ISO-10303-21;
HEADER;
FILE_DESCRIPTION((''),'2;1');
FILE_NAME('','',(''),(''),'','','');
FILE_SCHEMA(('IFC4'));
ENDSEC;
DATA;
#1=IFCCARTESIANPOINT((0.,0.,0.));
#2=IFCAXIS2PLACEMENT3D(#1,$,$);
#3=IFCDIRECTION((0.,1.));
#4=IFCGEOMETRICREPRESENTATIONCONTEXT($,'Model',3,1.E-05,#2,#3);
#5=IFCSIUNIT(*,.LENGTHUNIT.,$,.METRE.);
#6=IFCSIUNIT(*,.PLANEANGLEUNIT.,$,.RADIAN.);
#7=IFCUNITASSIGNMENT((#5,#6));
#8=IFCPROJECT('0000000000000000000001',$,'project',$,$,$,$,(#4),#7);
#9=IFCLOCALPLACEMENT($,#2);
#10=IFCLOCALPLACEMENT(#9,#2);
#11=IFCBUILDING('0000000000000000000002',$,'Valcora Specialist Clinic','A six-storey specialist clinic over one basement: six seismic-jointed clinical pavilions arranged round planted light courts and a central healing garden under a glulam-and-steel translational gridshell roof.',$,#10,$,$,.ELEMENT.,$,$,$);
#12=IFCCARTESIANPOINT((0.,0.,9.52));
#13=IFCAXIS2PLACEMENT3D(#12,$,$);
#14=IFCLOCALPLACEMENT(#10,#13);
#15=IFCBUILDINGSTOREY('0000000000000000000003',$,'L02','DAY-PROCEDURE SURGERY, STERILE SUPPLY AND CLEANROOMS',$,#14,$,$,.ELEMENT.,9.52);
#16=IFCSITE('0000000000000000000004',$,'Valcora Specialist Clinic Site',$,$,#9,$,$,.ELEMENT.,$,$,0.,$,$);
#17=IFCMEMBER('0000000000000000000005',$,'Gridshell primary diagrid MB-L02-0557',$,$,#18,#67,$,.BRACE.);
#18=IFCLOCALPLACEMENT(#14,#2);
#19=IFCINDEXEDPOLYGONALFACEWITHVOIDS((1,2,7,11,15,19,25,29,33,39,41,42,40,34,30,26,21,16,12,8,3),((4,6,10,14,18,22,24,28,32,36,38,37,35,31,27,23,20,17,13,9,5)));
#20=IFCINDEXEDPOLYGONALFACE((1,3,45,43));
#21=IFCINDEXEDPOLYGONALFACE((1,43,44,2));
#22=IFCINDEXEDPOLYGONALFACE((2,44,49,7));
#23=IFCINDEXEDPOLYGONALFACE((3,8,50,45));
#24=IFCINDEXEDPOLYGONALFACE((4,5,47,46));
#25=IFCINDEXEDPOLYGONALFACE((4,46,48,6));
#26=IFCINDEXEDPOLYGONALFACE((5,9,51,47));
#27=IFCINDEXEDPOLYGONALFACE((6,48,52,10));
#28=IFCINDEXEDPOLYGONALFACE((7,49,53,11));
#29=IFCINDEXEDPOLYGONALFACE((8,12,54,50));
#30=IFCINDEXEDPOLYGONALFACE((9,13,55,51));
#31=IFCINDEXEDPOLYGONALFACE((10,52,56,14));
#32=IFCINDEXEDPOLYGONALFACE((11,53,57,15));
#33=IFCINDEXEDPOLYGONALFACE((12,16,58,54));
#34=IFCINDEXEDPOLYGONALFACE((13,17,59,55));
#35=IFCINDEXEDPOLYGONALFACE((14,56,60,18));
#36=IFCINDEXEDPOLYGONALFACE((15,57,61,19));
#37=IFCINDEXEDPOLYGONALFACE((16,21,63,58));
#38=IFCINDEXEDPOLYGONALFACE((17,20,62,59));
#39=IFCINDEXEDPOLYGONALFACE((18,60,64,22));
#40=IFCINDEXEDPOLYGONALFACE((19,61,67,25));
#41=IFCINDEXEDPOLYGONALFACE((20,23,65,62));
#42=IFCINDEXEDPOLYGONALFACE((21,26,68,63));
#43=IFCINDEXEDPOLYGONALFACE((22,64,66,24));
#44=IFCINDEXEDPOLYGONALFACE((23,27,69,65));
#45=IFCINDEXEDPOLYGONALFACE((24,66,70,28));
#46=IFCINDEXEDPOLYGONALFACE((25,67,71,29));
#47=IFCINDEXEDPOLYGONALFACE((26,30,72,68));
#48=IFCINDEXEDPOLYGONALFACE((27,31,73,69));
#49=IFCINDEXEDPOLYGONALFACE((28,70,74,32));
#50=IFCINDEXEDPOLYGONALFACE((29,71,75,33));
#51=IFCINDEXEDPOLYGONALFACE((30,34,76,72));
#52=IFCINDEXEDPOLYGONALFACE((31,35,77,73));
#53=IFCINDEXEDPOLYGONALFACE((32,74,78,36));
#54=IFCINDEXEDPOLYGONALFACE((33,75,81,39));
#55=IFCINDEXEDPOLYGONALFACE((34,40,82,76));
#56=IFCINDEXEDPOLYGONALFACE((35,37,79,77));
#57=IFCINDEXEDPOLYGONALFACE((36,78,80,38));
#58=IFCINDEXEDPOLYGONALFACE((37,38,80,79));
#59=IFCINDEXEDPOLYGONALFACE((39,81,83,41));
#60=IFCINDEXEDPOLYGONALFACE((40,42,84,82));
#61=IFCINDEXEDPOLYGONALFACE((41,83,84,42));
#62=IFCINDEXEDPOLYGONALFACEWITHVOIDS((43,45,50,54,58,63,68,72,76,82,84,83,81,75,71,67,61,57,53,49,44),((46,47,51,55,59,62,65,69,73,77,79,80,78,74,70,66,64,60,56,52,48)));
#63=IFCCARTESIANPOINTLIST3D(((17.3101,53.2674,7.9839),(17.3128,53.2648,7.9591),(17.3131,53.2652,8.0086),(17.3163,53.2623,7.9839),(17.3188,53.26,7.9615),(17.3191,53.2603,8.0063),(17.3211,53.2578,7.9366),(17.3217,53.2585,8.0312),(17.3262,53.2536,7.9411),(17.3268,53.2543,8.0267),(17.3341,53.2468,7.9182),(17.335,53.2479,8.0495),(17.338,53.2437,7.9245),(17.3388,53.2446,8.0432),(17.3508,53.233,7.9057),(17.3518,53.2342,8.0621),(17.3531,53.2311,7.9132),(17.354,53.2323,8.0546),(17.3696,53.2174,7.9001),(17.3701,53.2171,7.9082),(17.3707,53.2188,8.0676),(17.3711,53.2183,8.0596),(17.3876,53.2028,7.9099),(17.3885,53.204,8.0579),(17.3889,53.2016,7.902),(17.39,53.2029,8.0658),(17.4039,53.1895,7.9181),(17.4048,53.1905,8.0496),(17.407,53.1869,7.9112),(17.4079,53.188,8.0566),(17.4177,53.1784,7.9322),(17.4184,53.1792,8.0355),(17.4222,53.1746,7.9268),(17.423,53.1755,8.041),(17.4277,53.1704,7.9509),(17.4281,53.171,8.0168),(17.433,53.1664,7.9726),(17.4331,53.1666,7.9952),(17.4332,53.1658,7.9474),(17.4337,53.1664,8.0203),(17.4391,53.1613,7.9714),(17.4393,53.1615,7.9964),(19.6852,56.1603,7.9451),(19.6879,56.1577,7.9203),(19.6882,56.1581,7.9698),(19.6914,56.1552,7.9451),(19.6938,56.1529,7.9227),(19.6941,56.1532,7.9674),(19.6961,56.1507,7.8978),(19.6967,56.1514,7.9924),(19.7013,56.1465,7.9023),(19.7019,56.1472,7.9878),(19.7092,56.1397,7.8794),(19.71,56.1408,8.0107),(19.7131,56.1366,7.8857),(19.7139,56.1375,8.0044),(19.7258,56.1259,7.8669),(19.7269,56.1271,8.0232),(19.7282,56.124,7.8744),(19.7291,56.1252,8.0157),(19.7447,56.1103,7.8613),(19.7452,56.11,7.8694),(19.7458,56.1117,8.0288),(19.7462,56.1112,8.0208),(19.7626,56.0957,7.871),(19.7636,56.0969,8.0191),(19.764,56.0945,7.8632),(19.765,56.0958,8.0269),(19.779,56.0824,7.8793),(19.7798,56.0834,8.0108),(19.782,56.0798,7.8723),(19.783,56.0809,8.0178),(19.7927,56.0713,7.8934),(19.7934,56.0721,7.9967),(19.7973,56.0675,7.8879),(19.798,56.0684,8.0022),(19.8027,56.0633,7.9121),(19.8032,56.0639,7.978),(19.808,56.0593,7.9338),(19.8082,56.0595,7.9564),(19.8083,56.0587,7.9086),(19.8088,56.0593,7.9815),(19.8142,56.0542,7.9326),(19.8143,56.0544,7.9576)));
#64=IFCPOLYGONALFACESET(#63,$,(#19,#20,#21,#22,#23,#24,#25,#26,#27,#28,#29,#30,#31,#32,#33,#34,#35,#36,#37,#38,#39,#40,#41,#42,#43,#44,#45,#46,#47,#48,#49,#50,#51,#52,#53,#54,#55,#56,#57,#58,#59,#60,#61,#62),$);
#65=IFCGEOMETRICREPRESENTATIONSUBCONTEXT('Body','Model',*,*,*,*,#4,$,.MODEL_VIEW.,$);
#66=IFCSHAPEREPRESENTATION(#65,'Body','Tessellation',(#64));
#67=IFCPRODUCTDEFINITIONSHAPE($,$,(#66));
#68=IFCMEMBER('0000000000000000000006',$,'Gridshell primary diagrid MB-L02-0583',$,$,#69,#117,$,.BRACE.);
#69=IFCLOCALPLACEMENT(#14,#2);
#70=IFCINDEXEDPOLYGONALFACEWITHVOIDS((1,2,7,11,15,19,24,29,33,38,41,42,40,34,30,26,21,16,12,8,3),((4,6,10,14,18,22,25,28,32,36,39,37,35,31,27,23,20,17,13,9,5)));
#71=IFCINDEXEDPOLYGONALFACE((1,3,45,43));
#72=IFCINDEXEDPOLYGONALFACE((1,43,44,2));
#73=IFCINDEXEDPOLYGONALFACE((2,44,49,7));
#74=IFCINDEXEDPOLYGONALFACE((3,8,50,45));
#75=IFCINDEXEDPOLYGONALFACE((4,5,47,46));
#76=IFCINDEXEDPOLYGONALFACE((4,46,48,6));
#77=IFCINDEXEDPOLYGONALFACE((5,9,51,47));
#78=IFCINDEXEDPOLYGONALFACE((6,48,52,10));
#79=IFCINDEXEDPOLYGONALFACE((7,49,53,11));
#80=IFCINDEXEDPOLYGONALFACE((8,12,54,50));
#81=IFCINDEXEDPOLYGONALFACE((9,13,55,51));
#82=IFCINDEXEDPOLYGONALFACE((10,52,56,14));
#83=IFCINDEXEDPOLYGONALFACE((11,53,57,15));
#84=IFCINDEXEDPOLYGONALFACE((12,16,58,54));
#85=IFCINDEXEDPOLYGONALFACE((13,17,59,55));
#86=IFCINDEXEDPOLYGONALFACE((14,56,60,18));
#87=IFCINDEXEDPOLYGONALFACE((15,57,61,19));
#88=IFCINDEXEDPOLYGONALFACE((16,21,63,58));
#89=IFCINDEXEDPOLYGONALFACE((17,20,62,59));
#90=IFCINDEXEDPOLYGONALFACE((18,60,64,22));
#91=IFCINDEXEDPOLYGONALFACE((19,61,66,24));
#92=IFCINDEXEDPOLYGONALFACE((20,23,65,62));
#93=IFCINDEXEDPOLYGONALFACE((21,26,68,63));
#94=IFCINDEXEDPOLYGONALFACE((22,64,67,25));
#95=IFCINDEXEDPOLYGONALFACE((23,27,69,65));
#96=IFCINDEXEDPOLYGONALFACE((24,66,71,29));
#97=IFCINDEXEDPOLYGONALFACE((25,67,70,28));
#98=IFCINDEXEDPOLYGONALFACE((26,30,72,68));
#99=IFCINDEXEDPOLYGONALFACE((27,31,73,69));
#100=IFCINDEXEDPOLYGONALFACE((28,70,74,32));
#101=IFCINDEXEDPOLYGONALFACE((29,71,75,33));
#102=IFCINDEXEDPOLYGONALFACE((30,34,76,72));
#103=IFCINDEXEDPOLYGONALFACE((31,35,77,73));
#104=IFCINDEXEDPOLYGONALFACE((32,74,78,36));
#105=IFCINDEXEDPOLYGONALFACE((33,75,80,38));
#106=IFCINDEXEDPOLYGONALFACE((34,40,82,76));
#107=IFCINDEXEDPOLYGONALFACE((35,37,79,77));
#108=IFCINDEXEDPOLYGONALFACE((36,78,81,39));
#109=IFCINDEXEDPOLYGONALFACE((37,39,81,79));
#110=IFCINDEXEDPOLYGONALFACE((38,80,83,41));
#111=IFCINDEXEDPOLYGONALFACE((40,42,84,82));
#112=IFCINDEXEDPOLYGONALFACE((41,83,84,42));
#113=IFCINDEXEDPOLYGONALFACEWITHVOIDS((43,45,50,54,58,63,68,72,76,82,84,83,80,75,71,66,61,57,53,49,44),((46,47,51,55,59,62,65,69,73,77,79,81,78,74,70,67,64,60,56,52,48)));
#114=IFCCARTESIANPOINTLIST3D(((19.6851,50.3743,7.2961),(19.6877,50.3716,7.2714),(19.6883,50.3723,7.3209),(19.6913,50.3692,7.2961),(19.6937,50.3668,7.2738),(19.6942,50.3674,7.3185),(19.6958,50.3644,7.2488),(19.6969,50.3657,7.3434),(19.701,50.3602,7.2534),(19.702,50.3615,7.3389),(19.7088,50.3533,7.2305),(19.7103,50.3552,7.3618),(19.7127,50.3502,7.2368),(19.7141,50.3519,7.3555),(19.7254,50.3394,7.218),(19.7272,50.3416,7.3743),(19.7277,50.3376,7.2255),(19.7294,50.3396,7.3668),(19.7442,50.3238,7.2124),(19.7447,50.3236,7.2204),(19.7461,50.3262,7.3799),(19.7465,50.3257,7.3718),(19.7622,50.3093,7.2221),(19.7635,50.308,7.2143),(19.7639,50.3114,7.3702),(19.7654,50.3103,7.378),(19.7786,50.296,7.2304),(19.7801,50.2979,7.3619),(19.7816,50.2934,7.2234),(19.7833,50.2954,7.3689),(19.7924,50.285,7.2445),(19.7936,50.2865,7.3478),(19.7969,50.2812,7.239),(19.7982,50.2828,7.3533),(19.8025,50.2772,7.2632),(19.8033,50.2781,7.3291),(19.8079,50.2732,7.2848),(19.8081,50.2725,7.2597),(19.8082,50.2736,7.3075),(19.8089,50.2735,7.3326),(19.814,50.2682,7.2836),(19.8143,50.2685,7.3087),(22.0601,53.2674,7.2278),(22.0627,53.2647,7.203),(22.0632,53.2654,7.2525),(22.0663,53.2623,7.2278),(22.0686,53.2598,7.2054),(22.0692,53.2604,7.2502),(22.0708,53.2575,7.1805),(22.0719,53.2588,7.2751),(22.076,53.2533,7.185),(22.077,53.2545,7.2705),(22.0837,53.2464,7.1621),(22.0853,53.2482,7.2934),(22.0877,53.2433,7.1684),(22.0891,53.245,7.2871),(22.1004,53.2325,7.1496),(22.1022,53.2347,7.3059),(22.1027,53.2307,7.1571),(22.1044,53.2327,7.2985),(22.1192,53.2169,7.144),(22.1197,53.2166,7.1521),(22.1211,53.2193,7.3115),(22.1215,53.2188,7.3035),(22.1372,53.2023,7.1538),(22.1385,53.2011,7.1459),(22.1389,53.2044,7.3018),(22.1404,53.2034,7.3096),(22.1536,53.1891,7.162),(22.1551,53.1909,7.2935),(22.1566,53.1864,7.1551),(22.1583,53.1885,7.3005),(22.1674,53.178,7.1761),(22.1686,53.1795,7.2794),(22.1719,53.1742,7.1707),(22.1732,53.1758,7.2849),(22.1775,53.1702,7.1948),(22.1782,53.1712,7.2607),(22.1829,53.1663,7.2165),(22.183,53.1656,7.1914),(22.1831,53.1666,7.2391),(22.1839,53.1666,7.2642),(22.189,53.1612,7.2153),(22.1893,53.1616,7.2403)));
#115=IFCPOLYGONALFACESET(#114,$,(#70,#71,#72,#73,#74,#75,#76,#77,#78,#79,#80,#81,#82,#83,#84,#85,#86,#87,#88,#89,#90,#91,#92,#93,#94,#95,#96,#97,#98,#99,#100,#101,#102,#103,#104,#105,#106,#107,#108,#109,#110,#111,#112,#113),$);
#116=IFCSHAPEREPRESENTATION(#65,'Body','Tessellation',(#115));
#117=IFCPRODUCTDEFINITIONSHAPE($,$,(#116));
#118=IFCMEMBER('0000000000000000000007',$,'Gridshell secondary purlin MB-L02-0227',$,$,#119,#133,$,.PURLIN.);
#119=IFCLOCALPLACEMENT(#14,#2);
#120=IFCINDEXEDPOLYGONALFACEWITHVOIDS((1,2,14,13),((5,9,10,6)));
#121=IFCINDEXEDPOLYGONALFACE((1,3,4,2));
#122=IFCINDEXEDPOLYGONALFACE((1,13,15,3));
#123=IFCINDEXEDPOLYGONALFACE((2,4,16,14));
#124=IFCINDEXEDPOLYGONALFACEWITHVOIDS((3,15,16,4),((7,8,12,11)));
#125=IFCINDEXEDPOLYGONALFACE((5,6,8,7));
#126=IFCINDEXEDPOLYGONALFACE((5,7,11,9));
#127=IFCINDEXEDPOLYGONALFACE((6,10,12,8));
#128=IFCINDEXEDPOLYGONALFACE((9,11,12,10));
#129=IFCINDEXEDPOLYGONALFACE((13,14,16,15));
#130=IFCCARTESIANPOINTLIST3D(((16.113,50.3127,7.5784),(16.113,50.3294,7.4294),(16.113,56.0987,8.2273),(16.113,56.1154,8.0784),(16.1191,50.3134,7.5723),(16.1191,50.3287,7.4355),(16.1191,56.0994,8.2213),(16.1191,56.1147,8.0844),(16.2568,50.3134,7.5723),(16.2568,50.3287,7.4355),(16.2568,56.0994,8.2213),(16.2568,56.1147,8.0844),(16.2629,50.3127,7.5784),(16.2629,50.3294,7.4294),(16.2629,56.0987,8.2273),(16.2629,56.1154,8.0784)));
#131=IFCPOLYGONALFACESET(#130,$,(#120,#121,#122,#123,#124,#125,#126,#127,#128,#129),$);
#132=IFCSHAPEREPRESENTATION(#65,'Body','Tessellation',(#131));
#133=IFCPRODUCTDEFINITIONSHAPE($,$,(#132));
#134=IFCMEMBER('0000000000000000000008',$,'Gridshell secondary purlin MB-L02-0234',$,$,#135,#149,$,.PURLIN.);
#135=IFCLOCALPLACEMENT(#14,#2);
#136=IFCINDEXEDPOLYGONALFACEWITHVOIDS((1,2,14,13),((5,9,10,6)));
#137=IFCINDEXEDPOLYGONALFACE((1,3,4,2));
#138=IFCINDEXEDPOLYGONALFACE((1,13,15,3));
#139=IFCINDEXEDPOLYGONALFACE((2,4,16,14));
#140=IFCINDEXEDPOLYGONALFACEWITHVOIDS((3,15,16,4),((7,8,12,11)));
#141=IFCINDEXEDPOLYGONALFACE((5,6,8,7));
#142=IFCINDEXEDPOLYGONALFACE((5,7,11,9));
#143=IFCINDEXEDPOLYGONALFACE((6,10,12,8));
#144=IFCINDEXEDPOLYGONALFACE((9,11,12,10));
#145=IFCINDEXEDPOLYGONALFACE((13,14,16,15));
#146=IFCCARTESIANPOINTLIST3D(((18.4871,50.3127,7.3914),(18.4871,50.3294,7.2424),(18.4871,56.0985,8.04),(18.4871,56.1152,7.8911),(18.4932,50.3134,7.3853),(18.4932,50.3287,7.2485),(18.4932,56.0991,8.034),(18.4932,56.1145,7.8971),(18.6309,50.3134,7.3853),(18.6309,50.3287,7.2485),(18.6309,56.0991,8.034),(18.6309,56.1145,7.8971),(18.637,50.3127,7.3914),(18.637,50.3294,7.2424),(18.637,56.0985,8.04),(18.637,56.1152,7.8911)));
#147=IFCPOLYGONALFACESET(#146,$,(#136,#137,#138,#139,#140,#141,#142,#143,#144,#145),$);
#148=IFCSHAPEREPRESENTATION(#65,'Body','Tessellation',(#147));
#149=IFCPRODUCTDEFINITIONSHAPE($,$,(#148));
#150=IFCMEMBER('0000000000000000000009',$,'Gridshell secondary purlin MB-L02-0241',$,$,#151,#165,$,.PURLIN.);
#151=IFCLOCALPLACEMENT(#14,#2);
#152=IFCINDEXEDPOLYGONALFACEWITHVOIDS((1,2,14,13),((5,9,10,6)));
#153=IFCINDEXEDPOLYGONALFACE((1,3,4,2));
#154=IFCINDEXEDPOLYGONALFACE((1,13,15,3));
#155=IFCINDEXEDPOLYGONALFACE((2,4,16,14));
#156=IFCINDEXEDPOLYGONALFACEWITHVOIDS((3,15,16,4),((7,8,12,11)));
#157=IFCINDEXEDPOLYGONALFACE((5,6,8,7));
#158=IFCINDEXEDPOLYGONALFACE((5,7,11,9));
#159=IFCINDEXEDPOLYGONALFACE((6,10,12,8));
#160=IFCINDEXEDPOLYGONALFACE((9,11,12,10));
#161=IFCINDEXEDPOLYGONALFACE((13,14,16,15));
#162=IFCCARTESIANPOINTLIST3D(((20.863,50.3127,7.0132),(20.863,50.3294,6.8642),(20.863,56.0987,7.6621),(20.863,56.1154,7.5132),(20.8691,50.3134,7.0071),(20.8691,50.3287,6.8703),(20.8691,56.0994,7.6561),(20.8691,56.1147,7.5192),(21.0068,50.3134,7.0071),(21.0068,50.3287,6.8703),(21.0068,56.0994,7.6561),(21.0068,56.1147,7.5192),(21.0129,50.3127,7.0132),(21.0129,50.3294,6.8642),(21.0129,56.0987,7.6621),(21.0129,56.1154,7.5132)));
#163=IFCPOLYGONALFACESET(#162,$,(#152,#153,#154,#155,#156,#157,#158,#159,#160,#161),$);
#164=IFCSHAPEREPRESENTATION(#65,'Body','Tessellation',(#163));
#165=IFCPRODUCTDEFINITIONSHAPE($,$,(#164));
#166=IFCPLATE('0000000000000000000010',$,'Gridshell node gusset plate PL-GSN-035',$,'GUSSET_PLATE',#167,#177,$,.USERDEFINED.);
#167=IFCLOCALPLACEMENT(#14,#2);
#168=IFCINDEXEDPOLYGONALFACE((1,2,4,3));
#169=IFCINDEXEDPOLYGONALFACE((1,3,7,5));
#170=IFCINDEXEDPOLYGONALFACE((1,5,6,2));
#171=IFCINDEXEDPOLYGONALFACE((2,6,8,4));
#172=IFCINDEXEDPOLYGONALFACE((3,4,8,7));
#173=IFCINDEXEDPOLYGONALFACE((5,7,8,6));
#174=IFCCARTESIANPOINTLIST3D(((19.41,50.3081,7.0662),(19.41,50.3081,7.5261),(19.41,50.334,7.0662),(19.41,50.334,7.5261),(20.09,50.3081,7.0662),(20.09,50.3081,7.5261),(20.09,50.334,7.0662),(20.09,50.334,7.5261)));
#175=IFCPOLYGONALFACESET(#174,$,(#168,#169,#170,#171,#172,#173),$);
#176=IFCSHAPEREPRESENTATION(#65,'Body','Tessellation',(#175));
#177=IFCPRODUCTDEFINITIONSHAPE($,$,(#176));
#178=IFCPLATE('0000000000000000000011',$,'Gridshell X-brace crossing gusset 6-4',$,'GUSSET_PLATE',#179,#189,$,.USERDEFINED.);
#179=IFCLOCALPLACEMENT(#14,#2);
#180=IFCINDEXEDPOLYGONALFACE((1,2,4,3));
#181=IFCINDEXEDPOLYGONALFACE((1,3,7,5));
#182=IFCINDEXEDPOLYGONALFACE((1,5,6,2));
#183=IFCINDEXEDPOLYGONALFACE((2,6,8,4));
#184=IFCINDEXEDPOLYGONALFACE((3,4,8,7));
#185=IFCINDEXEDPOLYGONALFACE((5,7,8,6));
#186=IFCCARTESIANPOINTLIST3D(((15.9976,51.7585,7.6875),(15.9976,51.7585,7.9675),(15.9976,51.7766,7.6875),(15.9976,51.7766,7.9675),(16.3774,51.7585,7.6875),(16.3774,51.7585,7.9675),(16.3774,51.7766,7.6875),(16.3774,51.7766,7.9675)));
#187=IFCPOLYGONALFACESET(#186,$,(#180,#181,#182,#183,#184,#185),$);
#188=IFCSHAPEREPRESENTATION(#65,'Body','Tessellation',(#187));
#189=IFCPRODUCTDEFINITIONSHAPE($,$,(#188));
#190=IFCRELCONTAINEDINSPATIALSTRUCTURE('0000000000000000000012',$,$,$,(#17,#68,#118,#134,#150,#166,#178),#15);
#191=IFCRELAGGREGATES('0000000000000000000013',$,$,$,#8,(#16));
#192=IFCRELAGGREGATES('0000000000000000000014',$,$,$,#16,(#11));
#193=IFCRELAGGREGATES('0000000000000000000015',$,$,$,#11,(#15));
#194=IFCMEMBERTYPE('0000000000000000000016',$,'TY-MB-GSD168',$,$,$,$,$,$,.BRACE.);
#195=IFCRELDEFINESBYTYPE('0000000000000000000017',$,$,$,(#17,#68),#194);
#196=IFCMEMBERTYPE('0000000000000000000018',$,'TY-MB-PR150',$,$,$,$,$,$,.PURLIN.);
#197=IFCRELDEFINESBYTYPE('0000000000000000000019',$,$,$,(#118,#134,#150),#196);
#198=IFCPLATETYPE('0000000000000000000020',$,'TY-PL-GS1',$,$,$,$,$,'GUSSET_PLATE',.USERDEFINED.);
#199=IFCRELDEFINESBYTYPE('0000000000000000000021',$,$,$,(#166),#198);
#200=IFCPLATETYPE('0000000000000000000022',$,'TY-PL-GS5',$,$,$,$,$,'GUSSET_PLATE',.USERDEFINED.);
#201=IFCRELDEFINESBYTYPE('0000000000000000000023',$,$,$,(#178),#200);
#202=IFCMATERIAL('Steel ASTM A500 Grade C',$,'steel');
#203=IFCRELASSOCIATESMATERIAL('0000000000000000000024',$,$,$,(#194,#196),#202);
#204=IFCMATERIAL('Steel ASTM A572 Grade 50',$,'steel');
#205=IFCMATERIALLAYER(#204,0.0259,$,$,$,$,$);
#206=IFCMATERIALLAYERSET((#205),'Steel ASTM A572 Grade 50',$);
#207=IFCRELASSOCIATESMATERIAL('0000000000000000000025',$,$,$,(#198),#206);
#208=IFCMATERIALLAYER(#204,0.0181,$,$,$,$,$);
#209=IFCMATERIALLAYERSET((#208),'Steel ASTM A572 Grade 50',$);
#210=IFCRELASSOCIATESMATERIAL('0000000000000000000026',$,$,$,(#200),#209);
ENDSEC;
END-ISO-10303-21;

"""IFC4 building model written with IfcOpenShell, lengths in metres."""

from ifc_helpers import new_model, si_unit, direction, frame, origin, origin_2d, place, context, subcontext, project, spatial, rectangle, hollow_rectangle, hollow_circle, extrude, material, layer, layer_set, material_profile, profile_set, type_object, element, save


model = new_model("IFC4")

# Units and contexts
model_context = context("Model", 3, precision=1e-05, world=origin(), true_north=direction((0.0, 1.0)))
body_context = subcontext(model_context, "Body", "Model", "MODEL_VIEW")
ifc_project = project(units=[si_unit("LENGTHUNIT", "METRE"), si_unit("PLANEANGLEUNIT", "RADIAN")], contexts=[model_context])

# Site, building, storey
site_placement = place(None, origin())
site = spatial("IfcSite", under=ifc_project, at=site_placement, Name="Valcora Specialist Clinic Site", CompositionType="ELEMENT", RefElevation=0.0)
building_placement = place(site_placement, origin())
building = spatial("IfcBuilding", under=site, at=building_placement, Name="Valcora Specialist Clinic", Description="A six-storey specialist clinic over one basement: six seismic-jointed clinical pavilions arranged round planted light courts and a central healing garden under a glulam-and-steel translational gridshell roof.", CompositionType="ELEMENT")
storey_placement = place(building_placement, frame((0.0, 0.0, 9.52)))
storey = spatial("IfcBuildingStorey", under=building, at=storey_placement, Name="L02", Description="DAY-PROCEDURE SURGERY, STERILE SUPPLY AND CLEANROOMS", CompositionType="ELEMENT", Elevation=9.52)

# Members
ifc_material_1 = material(Name="Steel ASTM A500 Grade C", Category="steel")
ifc_material_profile_1 = material_profile(ifc_material_1, hollow_circle(Radius=0.084, WallThickness=0.0081, at=origin_2d()), Name="ST-CHS-168X8")
ifc_profile_set_1 = profile_set([ifc_material_profile_1], Name="Steel ASTM A500 Grade C")
member_type_1 = type_object("IfcMemberType", Name="TY-MB-GSD168", PredefinedType="BRACE", material=ifc_profile_set_1)
member_1_placement = place(storey_placement, frame((17.375, 53.2141, 7.9839), z_axis=(0.634506, 0.772848, -0.010371), x_axis=(-0.77289, 0.63454, 0.0)))
element("IfcMember", 1, at=member_1_placement, inside=storey, type_object=member_type_1, Name="Gridshell primary diagrid MB-L02-0557", PredefinedType="BRACE", context=body_context, shape_type="SweptSolid", body=[
    extrude(hollow_circle(Radius=0.084, WallThickness=0.0081, at=origin_2d()), origin(), (0.0, 0.0, 1.0), 3.7432),
])
member_2_placement = place(storey_placement, frame((19.75, 50.321, 7.2961), z_axis=(0.634403, 0.772787, -0.01826), x_axis=(-0.772916, 0.634508, 0.0)))
element("IfcMember", 2, at=member_2_placement, inside=storey, type_object=member_type_1, Name="Gridshell primary diagrid MB-L02-0583", PredefinedType="BRACE", context=body_context, shape_type="SweptSolid", body=[
    extrude(hollow_circle(Radius=0.084, WallThickness=0.0081, at=origin_2d()), origin(), (0.0, 0.0, 1.0), 3.7437),
])
ifc_material_profile_2 = material_profile(ifc_material_1, hollow_rectangle(XDim=0.1499, YDim=0.1499, WallThickness=0.0061, at=origin_2d()), Name="ST-RHS-150X150X6")
ifc_profile_set_2 = profile_set([ifc_material_profile_2], Name="Steel ASTM A500 Grade C")
member_type_2 = type_object("IfcMemberType", Name="TY-MB-PR150", PredefinedType="PURLIN", material=ifc_profile_set_2)
member_3_placement = place(storey_placement, frame((16.188, 50.321, 7.5039), z_axis=(0.0, 0.993769, 0.111458), x_axis=(-1.0, 0.0, 0.0)))
element("IfcMember", 3, at=member_3_placement, inside=storey, type_object=member_type_2, Name="Gridshell secondary purlin MB-L02-0227", PredefinedType="PURLIN", context=body_context, shape_type="SweptSolid", body=[
    extrude(hollow_rectangle(XDim=0.1499, YDim=0.1499, WallThickness=0.0061, at=origin_2d()), origin(), (0.0, 0.0, 1.0), 5.8223),
])
member_4_placement = place(storey_placement, frame((18.562, 50.321, 7.3169), z_axis=(0.0, 0.993774, 0.111416), x_axis=(-1.0, 0.0, 0.0)))
element("IfcMember", 4, at=member_4_placement, inside=storey, type_object=member_type_2, Name="Gridshell secondary purlin MB-L02-0234", PredefinedType="PURLIN", context=body_context, shape_type="SweptSolid", body=[
    extrude(hollow_rectangle(XDim=0.1499, YDim=0.1499, WallThickness=0.0061, at=origin_2d()), origin(), (0.0, 0.0, 1.0), 5.822),
])
member_5_placement = place(storey_placement, frame((20.938, 50.321, 6.9387), z_axis=(0.0, 0.993769, 0.111458), x_axis=(-1.0, 0.0, 0.0)))
element("IfcMember", 5, at=member_5_placement, inside=storey, type_object=member_type_2, Name="Gridshell secondary purlin MB-L02-0241", PredefinedType="PURLIN", context=body_context, shape_type="SweptSolid", body=[
    extrude(hollow_rectangle(XDim=0.1499, YDim=0.1499, WallThickness=0.0061, at=origin_2d()), origin(), (0.0, 0.0, 1.0), 5.8223),
])

# Plates
ifc_material_2 = material(Name="Steel ASTM A572 Grade 50", Category="steel")
ifc_layer_1 = layer(ifc_material_2, 0.0259)
ifc_layer_set_1 = layer_set([ifc_layer_1], Name="Steel ASTM A572 Grade 50")
plate_type_1 = type_object("IfcPlateType", Name="TY-PL-GS1", ElementType="GUSSET_PLATE", PredefinedType="USERDEFINED", material=ifc_layer_set_1)
plate_placement = place(storey_placement, frame((19.75, 50.321, 7.0662), z_axis=(0.0, 0.0, 1.0), x_axis=(1.0, 0.0, 0.0)))
element("IfcPlate", 6, at=plate_placement, inside=storey, type_object=plate_type_1, Name="Gridshell node gusset plate PL-GSN-035", ObjectType="GUSSET_PLATE", PredefinedType="USERDEFINED", context=body_context, shape_type="SweptSolid", body=[
    extrude(rectangle(XDim=0.6799, YDim=0.0259, at=origin_2d()), origin(), (0.0, 0.0, 1.0), 0.46),
])
ifc_layer_2 = layer(ifc_material_2, 0.0181)
ifc_layer_set_2 = layer_set([ifc_layer_2], Name="Steel ASTM A572 Grade 50")
plate_type_2 = type_object("IfcPlateType", Name="TY-PL-GS5", ElementType="GUSSET_PLATE", PredefinedType="USERDEFINED", material=ifc_layer_set_2)
for number, where, z_axis, x_axis, name in (
    (7, (16.1875, 51.7676, 7.6875), (0.0, 0.0, 1.0), (1.0, 0.0, 0.0), "Gridshell X-brace crossing gusset 6-4"),
):
    element("IfcPlate", number, at=place(storey_placement, frame(where, z_axis=z_axis, x_axis=x_axis)), inside=storey, type_object=plate_type_2, Name=name, ObjectType="GUSSET_PLATE", PredefinedType="USERDEFINED", context=body_context, shape_type="SweptSolid", body=[
        extrude(rectangle(XDim=0.3799, YDim=0.0181, at=origin_2d()), origin(), (0.0, 0.0, 1.0), 0.28),
    ])

save(model, "model.ifc")
